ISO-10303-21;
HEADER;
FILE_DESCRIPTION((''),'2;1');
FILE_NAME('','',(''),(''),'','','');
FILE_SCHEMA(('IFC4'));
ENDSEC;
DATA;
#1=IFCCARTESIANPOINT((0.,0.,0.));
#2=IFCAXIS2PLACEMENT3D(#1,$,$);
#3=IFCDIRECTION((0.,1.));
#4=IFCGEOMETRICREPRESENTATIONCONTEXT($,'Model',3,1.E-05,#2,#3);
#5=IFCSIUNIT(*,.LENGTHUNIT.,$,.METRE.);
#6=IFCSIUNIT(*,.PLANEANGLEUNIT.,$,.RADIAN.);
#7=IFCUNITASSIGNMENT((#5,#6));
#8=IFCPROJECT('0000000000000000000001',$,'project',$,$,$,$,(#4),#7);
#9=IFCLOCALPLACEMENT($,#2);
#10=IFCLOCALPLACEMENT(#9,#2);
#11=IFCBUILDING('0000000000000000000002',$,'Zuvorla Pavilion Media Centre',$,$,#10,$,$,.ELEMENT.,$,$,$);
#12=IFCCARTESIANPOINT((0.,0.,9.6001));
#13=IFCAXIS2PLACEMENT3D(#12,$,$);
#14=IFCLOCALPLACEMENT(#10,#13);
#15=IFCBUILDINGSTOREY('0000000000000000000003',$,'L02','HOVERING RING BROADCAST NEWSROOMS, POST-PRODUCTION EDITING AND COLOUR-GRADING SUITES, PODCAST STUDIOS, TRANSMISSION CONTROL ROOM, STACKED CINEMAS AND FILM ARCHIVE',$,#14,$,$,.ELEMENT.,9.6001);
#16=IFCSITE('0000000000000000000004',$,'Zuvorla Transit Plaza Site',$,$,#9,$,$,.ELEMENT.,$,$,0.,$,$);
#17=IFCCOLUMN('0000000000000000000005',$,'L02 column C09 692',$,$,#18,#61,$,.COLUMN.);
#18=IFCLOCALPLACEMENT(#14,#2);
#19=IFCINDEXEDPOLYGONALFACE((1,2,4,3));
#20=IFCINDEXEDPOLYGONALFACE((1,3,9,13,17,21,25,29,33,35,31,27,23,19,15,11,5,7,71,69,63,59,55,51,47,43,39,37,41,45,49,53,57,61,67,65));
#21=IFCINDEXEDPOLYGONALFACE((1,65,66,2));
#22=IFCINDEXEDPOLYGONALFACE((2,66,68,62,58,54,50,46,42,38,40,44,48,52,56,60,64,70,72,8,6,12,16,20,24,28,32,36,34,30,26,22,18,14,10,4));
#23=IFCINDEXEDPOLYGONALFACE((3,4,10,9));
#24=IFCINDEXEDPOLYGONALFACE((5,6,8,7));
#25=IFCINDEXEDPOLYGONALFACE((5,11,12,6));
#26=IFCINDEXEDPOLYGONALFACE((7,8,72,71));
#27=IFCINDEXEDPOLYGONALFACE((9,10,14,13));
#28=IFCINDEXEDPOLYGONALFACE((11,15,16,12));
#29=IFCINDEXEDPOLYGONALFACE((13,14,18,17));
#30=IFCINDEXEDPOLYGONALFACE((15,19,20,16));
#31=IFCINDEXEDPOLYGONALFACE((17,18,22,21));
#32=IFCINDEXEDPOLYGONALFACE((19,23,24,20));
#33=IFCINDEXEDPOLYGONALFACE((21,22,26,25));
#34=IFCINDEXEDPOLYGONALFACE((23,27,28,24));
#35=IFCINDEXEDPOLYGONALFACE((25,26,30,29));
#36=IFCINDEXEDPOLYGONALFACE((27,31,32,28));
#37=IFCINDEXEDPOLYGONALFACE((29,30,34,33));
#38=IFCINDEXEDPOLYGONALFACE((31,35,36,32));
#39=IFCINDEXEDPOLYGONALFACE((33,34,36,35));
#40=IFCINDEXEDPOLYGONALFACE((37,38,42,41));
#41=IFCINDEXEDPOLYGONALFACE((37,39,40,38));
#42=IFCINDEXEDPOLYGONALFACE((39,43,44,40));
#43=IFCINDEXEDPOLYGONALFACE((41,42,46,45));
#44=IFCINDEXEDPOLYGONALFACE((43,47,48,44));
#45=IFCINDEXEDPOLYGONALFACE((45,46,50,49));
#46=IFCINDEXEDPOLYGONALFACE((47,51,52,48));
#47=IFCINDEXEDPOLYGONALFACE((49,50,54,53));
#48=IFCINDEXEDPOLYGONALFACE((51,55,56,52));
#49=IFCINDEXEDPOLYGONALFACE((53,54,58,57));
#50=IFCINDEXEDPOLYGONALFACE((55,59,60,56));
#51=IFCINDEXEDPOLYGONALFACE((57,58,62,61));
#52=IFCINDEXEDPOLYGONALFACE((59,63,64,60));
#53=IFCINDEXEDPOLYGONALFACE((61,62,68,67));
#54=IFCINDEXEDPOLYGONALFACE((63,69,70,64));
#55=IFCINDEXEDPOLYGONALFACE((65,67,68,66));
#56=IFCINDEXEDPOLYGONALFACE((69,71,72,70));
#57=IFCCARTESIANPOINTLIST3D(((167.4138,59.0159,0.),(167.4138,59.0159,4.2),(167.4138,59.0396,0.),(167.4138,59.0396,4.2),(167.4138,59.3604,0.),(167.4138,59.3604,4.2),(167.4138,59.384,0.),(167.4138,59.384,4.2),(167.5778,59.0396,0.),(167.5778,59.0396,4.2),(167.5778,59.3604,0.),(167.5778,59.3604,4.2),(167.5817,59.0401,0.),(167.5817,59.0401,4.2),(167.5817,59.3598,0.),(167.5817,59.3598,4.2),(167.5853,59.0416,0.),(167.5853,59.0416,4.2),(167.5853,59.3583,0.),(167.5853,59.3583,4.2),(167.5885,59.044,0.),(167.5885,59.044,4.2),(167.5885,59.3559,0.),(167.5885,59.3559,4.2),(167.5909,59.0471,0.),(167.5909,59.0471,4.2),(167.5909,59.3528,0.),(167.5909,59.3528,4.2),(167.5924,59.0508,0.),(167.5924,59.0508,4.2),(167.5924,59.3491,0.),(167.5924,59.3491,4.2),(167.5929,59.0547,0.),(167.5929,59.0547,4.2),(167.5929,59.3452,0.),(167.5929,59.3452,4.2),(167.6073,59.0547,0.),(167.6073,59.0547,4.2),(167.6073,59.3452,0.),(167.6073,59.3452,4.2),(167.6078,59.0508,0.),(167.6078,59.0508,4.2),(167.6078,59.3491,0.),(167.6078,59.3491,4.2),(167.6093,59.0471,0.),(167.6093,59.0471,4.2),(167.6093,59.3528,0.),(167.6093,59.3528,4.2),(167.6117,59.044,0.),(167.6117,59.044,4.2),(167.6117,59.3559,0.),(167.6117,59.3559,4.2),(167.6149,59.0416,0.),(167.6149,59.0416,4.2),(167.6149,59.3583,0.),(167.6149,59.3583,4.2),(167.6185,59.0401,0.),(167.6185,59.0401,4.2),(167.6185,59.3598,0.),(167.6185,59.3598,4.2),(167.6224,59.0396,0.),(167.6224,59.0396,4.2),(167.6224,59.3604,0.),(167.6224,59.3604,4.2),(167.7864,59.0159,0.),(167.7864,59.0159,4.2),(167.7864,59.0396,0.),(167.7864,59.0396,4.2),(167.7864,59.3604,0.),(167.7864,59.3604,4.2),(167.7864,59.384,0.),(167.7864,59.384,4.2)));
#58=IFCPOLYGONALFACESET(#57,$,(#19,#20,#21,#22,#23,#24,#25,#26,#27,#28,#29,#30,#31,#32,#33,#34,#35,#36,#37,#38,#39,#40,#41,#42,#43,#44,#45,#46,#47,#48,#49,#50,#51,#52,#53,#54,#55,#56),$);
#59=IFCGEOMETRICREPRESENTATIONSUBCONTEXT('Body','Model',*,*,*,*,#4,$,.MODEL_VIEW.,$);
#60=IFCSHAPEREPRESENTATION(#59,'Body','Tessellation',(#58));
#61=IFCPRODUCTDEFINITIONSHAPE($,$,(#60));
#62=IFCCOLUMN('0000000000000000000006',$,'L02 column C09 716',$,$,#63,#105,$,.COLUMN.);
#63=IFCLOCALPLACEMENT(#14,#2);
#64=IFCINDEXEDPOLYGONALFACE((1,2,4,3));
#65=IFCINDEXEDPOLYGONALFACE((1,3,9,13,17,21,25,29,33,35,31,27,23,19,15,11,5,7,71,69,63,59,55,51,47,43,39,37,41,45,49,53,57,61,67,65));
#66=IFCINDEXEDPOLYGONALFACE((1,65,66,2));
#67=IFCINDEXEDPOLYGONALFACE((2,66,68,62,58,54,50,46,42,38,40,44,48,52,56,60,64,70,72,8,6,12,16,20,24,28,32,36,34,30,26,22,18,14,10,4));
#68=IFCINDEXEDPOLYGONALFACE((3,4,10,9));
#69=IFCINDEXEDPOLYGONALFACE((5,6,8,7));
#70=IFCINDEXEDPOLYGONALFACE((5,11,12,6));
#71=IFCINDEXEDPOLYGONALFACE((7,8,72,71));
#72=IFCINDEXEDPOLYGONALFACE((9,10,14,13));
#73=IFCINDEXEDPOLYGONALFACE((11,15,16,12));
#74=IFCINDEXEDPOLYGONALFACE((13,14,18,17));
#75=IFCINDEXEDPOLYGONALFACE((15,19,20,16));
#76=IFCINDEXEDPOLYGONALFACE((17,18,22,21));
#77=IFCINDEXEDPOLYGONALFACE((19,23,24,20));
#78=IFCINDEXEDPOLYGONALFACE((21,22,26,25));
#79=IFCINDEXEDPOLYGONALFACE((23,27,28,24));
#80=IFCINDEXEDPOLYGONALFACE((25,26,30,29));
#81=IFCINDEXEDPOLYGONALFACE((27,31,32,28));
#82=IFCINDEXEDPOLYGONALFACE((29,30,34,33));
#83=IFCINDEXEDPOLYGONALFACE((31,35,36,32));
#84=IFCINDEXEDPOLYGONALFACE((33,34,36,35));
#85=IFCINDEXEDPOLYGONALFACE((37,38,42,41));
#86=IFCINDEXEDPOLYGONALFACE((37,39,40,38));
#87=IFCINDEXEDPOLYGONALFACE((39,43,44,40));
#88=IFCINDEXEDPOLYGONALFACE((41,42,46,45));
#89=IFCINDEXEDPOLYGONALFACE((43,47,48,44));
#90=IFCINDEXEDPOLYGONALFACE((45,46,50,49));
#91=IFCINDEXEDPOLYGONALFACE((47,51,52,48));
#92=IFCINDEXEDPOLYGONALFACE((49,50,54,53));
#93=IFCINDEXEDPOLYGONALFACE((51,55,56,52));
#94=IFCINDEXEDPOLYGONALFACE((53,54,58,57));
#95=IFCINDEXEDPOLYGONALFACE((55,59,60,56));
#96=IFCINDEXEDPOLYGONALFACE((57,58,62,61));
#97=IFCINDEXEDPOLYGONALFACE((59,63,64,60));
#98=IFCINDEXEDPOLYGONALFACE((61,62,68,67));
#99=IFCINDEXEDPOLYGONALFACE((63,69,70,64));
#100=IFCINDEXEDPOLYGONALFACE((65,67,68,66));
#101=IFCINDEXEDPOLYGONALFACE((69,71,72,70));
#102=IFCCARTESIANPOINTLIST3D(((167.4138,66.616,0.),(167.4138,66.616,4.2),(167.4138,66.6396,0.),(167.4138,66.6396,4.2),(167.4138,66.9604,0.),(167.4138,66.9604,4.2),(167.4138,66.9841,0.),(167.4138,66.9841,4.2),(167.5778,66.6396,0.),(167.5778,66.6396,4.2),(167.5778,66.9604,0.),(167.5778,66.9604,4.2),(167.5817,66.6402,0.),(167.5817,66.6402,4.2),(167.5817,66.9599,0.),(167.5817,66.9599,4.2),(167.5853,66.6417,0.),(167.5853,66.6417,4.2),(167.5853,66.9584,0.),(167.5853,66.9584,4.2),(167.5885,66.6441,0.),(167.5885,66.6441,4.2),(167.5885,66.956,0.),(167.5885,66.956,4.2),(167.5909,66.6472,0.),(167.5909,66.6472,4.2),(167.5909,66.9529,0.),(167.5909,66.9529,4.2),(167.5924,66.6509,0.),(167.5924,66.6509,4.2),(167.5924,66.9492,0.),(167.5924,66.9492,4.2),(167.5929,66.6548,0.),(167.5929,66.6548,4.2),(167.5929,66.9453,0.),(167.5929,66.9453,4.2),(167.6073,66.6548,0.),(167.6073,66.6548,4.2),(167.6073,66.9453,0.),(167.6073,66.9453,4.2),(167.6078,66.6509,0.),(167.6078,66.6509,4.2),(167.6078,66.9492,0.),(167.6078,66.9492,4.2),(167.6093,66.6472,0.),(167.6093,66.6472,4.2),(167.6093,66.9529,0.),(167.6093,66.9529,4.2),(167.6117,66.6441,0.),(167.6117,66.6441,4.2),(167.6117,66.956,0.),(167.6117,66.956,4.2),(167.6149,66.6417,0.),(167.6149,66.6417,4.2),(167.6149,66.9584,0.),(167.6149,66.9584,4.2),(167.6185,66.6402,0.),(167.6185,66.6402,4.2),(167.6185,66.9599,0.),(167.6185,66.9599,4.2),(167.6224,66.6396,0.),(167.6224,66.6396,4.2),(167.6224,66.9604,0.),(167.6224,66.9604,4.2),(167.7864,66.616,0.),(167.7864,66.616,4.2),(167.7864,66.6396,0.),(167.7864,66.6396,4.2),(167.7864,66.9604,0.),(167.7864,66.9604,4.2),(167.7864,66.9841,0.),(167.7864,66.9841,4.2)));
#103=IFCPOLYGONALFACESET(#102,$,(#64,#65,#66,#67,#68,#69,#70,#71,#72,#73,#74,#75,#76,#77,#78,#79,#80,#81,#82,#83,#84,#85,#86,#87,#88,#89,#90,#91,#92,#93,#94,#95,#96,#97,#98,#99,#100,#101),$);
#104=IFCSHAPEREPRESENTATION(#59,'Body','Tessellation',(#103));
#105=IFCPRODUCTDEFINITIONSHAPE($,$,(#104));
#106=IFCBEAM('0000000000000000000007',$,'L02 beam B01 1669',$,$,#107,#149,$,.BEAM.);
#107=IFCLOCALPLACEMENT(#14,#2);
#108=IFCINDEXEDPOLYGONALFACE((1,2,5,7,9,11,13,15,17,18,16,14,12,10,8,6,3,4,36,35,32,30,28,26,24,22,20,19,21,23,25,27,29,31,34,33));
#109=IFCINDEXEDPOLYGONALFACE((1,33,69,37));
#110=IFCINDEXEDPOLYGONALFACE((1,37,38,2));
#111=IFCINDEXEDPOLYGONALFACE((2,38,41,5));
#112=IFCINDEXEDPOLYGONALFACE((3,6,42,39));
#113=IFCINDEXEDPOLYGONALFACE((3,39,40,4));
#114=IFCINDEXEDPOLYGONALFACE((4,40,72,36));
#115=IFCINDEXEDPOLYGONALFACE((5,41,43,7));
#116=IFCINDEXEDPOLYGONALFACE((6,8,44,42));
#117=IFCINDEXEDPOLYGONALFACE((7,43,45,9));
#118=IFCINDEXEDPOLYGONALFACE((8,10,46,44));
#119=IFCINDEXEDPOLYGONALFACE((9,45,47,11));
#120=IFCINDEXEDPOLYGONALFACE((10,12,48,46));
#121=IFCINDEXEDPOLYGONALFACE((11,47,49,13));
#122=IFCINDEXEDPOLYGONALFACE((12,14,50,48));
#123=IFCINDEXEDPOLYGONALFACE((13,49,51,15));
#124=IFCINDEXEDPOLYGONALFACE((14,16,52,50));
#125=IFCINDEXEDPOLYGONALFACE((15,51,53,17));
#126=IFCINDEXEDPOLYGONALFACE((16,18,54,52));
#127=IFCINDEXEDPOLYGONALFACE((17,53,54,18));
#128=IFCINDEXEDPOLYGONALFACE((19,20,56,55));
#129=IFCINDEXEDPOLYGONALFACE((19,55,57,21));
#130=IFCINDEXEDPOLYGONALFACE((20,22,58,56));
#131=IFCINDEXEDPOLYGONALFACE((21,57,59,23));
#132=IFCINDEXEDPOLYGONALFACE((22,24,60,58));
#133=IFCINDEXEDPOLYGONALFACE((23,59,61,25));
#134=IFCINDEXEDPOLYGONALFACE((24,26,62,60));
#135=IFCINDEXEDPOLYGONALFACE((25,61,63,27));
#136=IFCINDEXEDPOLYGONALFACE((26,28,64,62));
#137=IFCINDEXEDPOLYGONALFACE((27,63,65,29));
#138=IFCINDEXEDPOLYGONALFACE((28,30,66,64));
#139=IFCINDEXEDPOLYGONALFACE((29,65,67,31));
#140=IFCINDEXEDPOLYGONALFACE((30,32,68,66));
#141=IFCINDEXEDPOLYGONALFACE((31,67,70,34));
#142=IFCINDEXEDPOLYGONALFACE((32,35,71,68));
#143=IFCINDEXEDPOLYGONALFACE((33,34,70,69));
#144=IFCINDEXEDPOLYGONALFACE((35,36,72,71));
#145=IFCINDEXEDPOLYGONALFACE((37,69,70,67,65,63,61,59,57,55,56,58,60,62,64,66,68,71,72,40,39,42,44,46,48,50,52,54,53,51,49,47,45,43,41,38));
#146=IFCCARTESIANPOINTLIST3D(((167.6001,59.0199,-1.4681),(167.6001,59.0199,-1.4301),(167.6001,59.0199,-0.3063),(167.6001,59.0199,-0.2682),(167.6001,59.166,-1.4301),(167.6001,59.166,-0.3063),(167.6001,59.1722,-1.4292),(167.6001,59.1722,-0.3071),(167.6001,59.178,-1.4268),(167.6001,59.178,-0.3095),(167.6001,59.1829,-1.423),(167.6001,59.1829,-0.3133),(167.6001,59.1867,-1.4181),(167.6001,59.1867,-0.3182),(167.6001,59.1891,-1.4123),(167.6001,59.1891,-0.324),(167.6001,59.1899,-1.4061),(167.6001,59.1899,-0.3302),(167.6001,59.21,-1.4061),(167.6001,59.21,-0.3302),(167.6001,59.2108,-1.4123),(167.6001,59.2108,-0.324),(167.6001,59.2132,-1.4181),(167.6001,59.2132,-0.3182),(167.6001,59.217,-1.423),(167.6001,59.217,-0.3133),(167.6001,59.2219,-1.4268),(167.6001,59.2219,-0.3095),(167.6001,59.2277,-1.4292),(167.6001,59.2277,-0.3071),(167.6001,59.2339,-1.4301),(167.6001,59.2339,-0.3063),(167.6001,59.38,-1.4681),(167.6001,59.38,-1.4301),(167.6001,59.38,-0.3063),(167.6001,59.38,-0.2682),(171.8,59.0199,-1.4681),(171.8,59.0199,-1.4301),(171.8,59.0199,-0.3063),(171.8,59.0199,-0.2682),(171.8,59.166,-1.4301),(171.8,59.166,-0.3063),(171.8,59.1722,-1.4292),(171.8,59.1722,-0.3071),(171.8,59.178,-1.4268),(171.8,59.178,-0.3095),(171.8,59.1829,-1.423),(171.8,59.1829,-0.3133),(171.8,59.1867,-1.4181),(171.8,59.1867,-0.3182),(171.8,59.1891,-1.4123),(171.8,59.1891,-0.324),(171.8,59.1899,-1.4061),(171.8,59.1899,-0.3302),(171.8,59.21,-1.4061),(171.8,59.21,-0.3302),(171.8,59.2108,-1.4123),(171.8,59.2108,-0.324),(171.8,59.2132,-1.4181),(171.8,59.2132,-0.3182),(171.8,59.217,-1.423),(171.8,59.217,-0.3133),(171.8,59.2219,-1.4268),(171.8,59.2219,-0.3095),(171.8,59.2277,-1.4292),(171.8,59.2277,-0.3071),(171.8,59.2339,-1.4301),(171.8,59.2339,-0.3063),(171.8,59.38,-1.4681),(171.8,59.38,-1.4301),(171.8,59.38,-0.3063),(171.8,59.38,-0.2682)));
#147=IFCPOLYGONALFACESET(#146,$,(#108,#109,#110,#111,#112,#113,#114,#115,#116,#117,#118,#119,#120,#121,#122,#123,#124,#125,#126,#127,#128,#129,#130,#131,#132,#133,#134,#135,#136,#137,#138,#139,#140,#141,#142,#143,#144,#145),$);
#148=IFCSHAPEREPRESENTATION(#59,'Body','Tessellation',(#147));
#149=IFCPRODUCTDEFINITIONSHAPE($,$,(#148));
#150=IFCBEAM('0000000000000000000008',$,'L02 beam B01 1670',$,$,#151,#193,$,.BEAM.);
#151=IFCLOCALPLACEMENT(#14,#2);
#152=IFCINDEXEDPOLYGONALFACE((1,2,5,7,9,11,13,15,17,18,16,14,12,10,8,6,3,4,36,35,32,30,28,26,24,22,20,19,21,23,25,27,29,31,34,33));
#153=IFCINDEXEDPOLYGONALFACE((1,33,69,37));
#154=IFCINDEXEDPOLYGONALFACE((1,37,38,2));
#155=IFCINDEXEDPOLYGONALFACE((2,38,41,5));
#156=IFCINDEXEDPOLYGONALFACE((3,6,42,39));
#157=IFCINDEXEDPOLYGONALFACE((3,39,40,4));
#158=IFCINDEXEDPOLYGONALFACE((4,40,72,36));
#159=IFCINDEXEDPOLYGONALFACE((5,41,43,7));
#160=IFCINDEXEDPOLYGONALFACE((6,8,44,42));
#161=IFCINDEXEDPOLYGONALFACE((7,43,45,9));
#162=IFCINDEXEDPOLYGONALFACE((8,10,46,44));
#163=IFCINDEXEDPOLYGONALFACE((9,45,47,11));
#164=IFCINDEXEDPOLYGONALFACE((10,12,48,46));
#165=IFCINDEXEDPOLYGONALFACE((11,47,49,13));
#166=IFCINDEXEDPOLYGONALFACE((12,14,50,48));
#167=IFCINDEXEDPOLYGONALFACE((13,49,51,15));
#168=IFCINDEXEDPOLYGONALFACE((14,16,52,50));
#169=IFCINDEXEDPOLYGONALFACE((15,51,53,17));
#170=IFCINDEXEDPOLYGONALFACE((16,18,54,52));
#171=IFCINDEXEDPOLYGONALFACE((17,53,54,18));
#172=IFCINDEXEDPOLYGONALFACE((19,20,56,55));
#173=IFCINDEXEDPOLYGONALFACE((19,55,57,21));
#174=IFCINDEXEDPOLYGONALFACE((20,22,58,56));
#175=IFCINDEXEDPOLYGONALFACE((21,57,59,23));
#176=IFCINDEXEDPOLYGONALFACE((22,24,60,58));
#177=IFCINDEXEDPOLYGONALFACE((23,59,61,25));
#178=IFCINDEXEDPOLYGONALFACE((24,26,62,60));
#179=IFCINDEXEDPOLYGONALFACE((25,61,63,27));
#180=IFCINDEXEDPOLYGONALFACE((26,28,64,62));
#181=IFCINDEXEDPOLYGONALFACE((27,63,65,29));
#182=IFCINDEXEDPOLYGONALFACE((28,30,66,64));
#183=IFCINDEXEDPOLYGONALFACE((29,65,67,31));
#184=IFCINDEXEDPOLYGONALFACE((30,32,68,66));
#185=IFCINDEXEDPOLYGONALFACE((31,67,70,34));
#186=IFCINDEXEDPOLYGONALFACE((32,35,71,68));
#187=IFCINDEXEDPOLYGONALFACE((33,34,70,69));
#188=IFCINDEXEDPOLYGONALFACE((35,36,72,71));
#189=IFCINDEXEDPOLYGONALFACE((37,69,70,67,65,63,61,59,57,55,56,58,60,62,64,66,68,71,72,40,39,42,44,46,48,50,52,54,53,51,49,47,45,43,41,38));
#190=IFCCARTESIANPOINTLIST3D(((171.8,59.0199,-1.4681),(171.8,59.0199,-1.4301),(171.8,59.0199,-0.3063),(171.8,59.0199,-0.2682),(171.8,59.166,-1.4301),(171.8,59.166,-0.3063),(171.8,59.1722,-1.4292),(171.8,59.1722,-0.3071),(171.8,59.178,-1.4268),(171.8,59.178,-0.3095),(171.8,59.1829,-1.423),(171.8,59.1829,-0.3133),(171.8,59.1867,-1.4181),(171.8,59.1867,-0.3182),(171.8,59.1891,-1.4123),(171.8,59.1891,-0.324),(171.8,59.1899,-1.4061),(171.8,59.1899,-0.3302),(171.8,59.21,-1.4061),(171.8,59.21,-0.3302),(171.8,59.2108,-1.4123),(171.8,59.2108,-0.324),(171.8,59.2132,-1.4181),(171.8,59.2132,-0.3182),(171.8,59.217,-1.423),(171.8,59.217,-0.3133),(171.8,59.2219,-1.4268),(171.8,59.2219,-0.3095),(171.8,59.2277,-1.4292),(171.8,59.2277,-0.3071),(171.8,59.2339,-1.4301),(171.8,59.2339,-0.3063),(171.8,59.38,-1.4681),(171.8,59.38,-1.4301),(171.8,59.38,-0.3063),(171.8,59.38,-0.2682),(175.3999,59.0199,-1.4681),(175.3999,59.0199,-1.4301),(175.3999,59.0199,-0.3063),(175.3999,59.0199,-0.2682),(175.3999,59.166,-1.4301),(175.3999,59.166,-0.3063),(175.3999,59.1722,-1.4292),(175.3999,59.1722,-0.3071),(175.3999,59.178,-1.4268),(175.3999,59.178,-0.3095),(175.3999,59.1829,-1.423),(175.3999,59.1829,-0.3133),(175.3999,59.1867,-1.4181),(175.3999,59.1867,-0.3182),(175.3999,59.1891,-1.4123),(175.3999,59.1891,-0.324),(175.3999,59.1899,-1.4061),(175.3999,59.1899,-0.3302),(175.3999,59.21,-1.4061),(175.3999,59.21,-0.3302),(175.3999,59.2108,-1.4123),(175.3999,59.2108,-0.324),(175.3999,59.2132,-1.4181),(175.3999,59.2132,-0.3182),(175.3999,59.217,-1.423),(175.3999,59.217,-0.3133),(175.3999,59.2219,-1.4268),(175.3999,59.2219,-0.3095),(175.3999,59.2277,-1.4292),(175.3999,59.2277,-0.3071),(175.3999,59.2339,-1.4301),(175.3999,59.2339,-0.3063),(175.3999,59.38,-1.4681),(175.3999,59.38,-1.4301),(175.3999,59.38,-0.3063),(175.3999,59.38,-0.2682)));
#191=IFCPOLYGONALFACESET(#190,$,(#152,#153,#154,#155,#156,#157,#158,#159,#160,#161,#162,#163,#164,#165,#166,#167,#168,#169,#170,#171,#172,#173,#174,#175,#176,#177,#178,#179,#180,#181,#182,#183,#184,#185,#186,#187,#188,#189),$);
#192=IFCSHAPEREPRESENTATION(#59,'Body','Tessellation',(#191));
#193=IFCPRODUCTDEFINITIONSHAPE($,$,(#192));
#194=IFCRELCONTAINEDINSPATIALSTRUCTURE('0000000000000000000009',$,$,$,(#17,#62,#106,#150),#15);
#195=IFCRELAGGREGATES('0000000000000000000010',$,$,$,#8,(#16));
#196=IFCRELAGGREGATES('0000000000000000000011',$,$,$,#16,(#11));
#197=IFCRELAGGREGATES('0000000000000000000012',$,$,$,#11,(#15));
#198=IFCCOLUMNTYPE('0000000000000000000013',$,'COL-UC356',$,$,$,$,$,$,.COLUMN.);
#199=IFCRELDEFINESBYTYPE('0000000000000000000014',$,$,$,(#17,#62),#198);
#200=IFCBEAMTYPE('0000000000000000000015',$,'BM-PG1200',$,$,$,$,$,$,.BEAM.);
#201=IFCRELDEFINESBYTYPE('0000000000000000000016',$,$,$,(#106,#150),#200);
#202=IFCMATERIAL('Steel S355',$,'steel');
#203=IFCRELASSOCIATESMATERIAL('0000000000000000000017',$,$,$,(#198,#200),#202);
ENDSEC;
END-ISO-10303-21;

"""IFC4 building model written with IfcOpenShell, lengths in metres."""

from ifc_helpers import new_model, si_unit, direction, frame, origin, origin_2d, place, context, subcontext, project, spatial, i_section, extrude, material, material_profile, profile_set, type_object, element, save


model = new_model("IFC4")

# Units and contexts
model_context = context("Model", 3, precision=1e-05, world=origin(), true_north=direction((0.0, 1.0)))
body_context = subcontext(model_context, "Body", "Model", "MODEL_VIEW")
ifc_project = project(units=[si_unit("LENGTHUNIT", "METRE"), si_unit("PLANEANGLEUNIT", "RADIAN")], contexts=[model_context])

# Site, building, storey
site_placement = place(None, origin())
site = spatial("IfcSite", under=ifc_project, at=site_placement, Name="Zuvorla Transit Plaza Site", CompositionType="ELEMENT", RefElevation=0.0)
building_placement = place(site_placement, origin())
building = spatial("IfcBuilding", under=site, at=building_placement, Name="Zuvorla Pavilion Media Centre", CompositionType="ELEMENT")
storey_placement = place(building_placement, frame((0.0, 0.0, 9.6001)))
storey = spatial("IfcBuildingStorey", under=building, at=storey_placement, Name="L02", Description="HOVERING RING BROADCAST NEWSROOMS, POST-PRODUCTION EDITING AND COLOUR-GRADING SUITES, PODCAST STUDIOS, TRANSMISSION CONTROL ROOM, STACKED CINEMAS AND FILM ARCHIVE", CompositionType="ELEMENT", Elevation=9.6001)

# Columns
ifc_material_1 = material(Name="Steel S355", Category="steel")
ifc_material_profile_1 = material_profile(ifc_material_1, i_section(OverallWidth=0.3726, OverallDepth=0.3682, WebThickness=0.0144, FlangeThickness=0.0237, FilletRadius=0.0151, at=origin_2d()), Name="UC 356x368x177")
ifc_profile_set_1 = profile_set([ifc_material_profile_1], Name="Steel S355")
column_type = type_object("IfcColumnType", Name="COL-UC356", PredefinedType="COLUMN", material=ifc_profile_set_1)
for number, where, z_axis, x_axis, name in (
    (1, (167.6001, 59.2, 0.0), (0.0, 0.0, 1.0), (1.0, 0.0, 0.0), "L02 column C09 692"),
    (2, (167.6001, 66.8, 0.0), (0.0, 0.0, 1.0), (1.0, 0.0, 0.0), "L02 column C09 716"),
):
    element("IfcColumn", number, at=place(storey_placement, frame(where, z_axis=z_axis, x_axis=x_axis)), inside=storey, type_object=column_type, Name=name, PredefinedType="COLUMN", context=body_context, shape_type="SweptSolid", body=[
        extrude(i_section(OverallWidth=0.3726, OverallDepth=0.3682, WebThickness=0.0144, FlangeThickness=0.0237, FilletRadius=0.0151, at=origin_2d()), origin(), (0.0, 0.0, 1.0), 4.2),
    ])

# Beams
ifc_material_profile_2 = material_profile(ifc_material_1, i_section(OverallWidth=0.3601, OverallDepth=1.2, WebThickness=0.02, FlangeThickness=0.0381, FilletRadius=0.0239, at=origin_2d()), Name="PG 1200x360x38")
ifc_profile_set_2 = profile_set([ifc_material_profile_2], Name="Steel S355")
beam_type_1 = type_object("IfcBeamType", Name="BM-PG1200", PredefinedType="BEAM", material=ifc_profile_set_2)
beam_1_placement = place(storey_placement, frame((167.6001, 59.2, -0.8682), z_axis=(1.0, 0.0, 0.0), x_axis=(0.0, 1.0, 0.0)))
element("IfcBeam", 3, at=beam_1_placement, inside=storey, type_object=beam_type_1, Name="L02 beam B01 1669", PredefinedType="BEAM", context=body_context, shape_type="SweptSolid", body=[
    extrude(i_section(OverallWidth=0.3601, OverallDepth=1.2, WebThickness=0.02, FlangeThickness=0.0381, FilletRadius=0.0239, at=origin_2d()), origin(), (0.0, 0.0, 1.0), 4.2),
])
beam_2_placement = place(storey_placement, frame((171.8, 59.2, -0.8682), z_axis=(1.0, 0.0, 0.0), x_axis=(0.0, 1.0, 0.0)))
element("IfcBeam", 4, at=beam_2_placement, inside=storey, type_object=beam_type_1, Name="L02 beam B01 1670", PredefinedType="BEAM", context=body_context, shape_type="SweptSolid", body=[
    extrude(i_section(OverallWidth=0.3601, OverallDepth=1.2, WebThickness=0.02, FlangeThickness=0.0381, FilletRadius=0.0239, at=origin_2d()), origin(), (0.0, 0.0, 1.0), 3.5999),
])

save(model, "model.ifc")
